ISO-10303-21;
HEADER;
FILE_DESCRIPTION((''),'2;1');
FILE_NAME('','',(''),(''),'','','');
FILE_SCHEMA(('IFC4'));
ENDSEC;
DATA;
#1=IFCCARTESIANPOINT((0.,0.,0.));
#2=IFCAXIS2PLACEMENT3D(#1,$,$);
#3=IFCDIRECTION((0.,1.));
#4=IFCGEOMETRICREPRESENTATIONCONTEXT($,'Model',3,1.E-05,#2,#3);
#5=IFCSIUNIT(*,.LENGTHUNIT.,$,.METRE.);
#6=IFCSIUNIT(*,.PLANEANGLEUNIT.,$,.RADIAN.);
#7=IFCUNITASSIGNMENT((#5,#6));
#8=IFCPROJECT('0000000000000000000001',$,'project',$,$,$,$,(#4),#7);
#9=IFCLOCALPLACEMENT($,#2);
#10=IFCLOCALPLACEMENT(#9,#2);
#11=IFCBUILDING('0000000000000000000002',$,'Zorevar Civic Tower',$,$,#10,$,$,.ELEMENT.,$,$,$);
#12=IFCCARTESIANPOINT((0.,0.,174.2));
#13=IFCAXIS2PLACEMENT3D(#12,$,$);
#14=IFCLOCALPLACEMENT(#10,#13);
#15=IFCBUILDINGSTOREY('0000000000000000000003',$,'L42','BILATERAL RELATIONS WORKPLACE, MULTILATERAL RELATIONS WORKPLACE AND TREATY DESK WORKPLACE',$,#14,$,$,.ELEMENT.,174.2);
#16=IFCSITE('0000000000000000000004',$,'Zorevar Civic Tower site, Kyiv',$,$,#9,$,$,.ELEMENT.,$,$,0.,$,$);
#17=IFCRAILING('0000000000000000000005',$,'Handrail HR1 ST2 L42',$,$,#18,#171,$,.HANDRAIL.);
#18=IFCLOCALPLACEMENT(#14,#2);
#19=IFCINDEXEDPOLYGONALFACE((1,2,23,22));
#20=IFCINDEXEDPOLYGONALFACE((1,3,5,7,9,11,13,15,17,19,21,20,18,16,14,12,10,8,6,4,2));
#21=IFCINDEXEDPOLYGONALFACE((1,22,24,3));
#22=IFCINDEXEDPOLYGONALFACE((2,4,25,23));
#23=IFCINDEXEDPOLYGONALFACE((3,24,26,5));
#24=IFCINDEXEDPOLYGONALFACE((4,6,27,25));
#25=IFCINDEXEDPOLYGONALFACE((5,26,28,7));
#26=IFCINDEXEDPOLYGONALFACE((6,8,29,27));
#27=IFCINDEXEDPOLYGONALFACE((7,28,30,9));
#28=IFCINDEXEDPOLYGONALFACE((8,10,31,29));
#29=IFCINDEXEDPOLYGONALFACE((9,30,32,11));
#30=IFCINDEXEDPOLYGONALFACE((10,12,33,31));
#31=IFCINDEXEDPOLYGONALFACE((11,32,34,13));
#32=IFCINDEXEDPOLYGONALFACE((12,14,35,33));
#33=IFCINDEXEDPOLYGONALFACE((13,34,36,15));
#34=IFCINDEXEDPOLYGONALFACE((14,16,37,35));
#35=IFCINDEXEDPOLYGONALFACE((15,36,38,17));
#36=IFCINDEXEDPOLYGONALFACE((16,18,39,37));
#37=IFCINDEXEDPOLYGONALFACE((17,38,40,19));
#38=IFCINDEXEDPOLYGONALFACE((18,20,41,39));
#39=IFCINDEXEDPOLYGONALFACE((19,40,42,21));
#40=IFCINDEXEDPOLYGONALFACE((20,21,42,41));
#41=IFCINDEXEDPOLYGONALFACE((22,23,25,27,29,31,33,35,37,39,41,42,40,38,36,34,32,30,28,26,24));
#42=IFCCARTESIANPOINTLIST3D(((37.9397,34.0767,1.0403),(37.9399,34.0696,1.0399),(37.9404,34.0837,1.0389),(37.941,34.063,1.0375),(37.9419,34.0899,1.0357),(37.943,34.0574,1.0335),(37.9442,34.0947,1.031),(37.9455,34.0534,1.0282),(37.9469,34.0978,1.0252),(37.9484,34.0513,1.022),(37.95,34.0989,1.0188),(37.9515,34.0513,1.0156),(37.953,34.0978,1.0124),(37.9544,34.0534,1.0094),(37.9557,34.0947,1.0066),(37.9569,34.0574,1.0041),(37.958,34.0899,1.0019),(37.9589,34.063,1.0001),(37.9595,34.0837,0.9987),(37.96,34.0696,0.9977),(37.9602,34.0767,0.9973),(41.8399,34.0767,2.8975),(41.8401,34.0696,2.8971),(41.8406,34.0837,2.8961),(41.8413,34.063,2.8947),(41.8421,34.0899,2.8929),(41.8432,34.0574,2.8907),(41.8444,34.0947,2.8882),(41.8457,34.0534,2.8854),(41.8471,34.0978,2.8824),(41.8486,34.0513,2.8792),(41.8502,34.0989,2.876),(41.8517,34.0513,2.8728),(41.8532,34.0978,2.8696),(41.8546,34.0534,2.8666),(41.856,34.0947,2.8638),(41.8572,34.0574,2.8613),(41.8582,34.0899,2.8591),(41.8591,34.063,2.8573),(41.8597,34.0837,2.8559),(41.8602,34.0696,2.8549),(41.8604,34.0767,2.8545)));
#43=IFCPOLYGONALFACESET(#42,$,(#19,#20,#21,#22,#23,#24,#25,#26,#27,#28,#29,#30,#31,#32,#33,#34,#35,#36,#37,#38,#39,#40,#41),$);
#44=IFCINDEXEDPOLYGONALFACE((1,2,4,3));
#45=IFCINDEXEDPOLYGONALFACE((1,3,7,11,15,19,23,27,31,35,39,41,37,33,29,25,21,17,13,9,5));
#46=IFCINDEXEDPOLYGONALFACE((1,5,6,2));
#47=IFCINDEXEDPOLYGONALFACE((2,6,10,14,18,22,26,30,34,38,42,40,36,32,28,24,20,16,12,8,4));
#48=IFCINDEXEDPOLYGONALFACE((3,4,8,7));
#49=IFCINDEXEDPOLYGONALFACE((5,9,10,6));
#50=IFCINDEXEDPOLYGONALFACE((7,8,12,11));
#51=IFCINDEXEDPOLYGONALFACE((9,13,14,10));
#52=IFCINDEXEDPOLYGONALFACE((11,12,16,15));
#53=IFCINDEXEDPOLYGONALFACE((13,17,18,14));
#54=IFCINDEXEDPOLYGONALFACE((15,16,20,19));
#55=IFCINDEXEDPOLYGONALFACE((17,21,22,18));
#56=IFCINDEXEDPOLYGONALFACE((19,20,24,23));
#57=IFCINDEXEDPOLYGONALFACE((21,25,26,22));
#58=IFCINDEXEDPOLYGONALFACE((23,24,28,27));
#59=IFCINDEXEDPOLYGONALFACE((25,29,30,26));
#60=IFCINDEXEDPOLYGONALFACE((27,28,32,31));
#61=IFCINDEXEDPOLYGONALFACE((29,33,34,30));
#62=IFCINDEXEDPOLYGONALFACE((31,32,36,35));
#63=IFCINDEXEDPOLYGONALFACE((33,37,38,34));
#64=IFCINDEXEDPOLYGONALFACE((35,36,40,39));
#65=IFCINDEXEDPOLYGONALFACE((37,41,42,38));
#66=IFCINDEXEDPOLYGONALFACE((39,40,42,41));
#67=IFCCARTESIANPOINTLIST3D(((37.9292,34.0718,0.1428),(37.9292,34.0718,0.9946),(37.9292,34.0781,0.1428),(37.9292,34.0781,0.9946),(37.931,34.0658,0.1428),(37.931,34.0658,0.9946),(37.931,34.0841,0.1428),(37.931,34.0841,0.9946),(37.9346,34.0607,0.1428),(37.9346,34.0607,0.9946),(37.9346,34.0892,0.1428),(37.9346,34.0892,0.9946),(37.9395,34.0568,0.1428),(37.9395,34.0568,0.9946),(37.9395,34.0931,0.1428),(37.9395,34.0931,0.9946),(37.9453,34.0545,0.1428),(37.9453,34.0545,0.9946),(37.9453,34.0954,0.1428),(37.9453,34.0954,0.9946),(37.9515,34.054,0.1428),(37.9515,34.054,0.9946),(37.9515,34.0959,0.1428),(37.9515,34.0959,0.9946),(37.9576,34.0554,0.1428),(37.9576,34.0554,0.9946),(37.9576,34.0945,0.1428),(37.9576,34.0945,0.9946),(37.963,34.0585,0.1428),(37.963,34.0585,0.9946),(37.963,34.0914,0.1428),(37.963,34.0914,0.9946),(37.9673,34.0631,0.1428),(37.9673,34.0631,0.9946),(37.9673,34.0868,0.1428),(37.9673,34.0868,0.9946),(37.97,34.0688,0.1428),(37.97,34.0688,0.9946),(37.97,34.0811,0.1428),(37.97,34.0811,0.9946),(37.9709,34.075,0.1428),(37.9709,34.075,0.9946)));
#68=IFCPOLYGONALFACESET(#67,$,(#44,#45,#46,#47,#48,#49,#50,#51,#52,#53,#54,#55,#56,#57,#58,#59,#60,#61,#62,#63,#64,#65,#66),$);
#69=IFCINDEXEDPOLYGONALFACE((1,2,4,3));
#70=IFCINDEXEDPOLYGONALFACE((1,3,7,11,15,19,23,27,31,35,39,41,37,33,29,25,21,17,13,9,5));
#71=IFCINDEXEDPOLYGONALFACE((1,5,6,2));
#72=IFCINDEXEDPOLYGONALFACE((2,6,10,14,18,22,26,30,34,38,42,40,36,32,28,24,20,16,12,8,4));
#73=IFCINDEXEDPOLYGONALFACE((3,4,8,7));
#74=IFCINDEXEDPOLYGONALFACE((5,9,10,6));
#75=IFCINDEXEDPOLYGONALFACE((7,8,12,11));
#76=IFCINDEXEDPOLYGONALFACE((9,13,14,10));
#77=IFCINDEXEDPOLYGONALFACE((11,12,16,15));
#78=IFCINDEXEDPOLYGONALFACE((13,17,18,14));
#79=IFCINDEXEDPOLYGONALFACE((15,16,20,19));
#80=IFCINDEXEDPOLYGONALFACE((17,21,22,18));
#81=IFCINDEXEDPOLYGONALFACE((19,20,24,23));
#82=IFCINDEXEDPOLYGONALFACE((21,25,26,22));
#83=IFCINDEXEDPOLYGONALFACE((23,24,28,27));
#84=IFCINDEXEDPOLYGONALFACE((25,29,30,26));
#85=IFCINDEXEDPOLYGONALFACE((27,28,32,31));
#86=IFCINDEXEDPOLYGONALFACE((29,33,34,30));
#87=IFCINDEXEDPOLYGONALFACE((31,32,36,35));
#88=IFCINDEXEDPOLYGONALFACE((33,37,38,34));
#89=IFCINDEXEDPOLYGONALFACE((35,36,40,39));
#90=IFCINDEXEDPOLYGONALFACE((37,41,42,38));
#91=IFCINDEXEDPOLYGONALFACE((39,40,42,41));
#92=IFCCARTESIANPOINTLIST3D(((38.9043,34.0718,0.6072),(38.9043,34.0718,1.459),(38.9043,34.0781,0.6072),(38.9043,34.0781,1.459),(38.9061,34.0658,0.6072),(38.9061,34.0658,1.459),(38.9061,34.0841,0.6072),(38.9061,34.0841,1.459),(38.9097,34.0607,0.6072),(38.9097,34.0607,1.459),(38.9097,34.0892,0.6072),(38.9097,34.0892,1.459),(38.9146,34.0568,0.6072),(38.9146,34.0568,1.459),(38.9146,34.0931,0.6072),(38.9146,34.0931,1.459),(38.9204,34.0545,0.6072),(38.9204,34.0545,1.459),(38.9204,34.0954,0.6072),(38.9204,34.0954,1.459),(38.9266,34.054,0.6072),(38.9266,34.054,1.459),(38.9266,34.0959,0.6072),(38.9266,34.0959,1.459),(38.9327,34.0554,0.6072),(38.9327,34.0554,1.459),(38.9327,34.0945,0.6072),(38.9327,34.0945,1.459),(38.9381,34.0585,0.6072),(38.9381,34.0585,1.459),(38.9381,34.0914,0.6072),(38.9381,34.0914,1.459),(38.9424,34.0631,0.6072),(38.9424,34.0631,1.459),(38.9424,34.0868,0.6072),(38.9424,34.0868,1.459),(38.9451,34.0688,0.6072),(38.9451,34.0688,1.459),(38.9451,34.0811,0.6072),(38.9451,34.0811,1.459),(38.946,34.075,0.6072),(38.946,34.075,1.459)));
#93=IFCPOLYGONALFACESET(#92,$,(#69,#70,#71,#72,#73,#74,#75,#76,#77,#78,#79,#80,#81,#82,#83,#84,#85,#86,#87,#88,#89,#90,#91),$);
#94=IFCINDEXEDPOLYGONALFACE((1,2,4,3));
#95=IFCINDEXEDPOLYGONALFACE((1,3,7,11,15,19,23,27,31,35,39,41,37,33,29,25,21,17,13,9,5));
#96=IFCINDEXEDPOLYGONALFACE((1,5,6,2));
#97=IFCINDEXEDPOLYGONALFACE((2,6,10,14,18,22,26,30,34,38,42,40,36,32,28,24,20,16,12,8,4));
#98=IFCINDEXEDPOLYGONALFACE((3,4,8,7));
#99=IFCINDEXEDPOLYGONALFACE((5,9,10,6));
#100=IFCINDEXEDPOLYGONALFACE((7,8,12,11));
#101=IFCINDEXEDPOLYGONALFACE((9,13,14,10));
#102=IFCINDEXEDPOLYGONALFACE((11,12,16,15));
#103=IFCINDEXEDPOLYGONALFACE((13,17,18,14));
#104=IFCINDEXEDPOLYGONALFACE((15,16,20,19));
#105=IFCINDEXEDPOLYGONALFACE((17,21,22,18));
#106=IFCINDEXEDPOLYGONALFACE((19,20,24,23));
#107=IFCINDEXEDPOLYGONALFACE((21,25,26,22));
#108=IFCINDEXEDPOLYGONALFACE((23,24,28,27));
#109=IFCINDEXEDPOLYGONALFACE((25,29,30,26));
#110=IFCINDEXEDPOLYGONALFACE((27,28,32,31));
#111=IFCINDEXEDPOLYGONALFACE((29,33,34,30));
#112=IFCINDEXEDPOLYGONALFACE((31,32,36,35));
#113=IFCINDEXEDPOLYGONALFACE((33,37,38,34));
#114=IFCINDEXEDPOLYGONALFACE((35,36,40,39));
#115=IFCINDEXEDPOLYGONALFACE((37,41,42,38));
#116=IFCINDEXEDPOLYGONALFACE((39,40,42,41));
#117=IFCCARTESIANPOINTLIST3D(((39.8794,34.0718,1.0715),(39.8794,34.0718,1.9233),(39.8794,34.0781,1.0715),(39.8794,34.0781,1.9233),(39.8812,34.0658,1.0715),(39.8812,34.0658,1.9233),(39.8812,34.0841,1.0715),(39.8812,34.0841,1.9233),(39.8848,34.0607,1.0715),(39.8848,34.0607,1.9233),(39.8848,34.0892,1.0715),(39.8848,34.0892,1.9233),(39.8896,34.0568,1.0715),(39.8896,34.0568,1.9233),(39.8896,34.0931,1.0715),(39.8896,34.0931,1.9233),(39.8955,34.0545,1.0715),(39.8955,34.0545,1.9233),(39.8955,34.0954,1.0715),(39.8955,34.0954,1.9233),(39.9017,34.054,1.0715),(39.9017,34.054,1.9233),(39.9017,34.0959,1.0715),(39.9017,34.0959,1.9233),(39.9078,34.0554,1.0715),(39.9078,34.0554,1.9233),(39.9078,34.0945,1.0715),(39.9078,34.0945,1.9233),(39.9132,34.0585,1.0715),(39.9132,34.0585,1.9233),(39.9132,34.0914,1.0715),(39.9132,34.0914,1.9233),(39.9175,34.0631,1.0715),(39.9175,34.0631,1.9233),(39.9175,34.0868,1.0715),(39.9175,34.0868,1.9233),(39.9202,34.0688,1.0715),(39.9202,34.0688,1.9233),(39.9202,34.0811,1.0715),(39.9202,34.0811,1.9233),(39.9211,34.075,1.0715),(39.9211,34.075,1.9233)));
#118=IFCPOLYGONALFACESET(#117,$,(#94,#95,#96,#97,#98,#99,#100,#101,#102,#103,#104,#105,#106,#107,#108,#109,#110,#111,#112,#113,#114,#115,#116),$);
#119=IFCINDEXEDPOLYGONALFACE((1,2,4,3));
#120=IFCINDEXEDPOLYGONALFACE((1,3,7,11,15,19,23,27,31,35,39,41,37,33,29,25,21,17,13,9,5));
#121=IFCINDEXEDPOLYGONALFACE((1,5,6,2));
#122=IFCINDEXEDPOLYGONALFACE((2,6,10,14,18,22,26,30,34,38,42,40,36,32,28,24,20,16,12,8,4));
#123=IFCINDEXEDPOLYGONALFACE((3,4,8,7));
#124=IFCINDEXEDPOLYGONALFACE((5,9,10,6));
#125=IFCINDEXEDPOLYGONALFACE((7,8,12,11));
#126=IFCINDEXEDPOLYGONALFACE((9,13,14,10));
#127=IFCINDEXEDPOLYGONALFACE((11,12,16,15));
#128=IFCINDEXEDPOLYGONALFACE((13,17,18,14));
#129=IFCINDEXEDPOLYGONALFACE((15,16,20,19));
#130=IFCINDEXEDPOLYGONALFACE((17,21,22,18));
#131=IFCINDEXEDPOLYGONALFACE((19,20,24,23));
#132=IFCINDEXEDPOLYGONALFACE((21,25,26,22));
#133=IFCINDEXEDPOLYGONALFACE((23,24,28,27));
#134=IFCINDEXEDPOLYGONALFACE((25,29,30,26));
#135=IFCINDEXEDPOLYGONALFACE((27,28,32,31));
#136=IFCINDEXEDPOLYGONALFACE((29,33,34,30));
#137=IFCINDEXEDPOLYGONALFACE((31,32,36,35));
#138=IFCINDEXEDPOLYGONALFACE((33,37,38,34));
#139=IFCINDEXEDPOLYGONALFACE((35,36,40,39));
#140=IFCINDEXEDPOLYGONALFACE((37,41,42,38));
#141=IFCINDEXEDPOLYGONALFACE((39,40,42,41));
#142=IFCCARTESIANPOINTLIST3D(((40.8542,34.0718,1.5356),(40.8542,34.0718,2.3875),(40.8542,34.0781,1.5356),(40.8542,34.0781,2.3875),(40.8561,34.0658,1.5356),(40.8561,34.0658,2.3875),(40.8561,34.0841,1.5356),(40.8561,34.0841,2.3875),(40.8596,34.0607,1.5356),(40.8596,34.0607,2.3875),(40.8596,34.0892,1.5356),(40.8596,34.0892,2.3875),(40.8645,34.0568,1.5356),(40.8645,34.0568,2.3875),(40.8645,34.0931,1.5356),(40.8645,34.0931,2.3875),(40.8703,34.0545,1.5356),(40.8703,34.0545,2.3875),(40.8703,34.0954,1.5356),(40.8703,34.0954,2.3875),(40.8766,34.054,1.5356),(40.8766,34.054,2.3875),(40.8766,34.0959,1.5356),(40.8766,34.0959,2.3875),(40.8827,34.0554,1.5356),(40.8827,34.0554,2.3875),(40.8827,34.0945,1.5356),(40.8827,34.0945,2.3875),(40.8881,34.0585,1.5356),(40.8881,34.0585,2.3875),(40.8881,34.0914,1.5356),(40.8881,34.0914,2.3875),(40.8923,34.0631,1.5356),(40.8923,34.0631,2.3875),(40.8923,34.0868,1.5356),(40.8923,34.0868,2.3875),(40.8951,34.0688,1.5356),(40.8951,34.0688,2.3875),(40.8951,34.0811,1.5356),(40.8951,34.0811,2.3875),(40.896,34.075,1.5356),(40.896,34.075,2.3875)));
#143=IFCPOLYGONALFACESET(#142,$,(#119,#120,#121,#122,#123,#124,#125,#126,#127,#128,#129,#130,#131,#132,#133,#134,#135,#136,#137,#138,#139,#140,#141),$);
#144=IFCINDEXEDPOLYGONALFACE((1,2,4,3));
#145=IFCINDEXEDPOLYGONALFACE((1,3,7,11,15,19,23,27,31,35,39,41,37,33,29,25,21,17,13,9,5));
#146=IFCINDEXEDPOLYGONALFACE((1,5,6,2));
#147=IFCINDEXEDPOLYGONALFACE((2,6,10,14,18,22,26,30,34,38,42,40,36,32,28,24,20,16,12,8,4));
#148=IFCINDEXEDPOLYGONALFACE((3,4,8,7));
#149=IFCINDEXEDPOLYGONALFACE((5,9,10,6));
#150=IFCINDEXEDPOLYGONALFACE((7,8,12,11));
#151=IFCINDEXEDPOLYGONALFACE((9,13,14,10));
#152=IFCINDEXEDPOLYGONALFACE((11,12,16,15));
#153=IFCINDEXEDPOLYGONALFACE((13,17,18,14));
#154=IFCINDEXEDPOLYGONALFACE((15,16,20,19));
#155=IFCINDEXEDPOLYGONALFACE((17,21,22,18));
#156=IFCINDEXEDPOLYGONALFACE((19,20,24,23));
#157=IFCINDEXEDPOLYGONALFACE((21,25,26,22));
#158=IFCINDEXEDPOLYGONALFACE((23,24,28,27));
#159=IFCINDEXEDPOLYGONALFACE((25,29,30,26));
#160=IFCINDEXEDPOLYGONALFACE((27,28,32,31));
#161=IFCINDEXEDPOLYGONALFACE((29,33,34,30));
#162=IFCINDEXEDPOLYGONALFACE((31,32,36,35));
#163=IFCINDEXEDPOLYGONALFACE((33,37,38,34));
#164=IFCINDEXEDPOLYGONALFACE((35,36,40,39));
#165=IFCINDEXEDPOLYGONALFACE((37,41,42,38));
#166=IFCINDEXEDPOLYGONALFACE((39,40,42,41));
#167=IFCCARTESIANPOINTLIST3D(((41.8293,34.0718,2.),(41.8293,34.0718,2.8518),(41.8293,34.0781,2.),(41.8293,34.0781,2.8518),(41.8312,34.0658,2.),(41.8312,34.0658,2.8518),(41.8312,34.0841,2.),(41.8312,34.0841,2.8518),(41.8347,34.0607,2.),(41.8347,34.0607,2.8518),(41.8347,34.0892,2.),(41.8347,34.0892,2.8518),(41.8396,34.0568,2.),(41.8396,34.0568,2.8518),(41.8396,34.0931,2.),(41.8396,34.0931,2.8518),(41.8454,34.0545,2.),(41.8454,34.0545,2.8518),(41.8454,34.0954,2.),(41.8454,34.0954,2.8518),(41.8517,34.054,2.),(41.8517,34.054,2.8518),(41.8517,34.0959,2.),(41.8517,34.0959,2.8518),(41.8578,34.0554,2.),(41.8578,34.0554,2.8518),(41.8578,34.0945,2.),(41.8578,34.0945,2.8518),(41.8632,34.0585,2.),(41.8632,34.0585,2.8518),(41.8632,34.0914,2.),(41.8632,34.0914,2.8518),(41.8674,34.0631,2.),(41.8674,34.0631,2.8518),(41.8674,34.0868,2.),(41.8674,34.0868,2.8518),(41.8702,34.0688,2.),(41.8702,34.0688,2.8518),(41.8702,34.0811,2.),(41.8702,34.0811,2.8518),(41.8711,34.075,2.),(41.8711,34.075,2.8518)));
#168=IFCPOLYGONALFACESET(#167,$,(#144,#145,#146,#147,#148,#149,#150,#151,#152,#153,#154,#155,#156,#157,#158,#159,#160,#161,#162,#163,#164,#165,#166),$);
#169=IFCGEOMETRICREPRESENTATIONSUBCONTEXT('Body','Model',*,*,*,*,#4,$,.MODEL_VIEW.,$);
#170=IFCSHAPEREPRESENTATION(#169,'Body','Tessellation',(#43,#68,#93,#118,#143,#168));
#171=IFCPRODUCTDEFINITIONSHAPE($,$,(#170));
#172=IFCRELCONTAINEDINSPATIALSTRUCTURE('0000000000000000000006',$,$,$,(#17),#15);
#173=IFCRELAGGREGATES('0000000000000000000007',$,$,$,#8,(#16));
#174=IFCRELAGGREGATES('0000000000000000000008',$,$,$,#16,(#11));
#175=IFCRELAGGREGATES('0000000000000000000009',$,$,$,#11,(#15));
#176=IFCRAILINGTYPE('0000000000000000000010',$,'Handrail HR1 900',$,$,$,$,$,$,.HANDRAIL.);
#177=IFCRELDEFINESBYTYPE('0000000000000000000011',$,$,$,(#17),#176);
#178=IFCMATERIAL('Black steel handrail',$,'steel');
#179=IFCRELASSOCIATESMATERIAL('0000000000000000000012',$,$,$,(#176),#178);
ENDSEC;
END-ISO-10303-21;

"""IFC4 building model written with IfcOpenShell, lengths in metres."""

from ifc_helpers import new_model, si_unit, direction, frame, origin, origin_2d, place, context, subcontext, project, spatial, circle, extrude, material, type_object, element, save


model = new_model("IFC4")

# Units and contexts
model_context = context("Model", 3, precision=1e-05, world=origin(), true_north=direction((0.0, 1.0)))
body_context = subcontext(model_context, "Body", "Model", "MODEL_VIEW")
ifc_project = project(units=[si_unit("LENGTHUNIT", "METRE"), si_unit("PLANEANGLEUNIT", "RADIAN")], contexts=[model_context])

# Site, building, storey
site_placement = place(None, origin())
site = spatial("IfcSite", under=ifc_project, at=site_placement, Name="Zorevar Civic Tower site, Kyiv", CompositionType="ELEMENT", RefElevation=0.0)
building_placement = place(site_placement, origin())
building = spatial("IfcBuilding", under=site, at=building_placement, Name="Zorevar Civic Tower", CompositionType="ELEMENT")
storey_placement = place(building_placement, frame((0.0, 0.0, 174.2)))
storey = spatial("IfcBuildingStorey", under=building, at=storey_placement, Name="L42", Description="BILATERAL RELATIONS WORKPLACE, MULTILATERAL RELATIONS WORKPLACE AND TREATY DESK WORKPLACE", CompositionType="ELEMENT", Elevation=174.2)

# Railing
ifc_material_1 = material(Name="Black steel handrail", Category="steel")
railing_type = type_object("IfcRailingType", Name="Handrail HR1 900", PredefinedType="HANDRAIL", material=ifc_material_1)
railing_1_placement = place(storey_placement, frame((37.95, 34.075, 0.1428)))
element("IfcRailing", 1, at=railing_1_placement, inside=storey, type_object=railing_type, Name="Handrail HR1 ST2 L42", PredefinedType="HANDRAIL", context=body_context, shape_type="SweptSolid", body=[
    extrude(circle(Radius=0.0239, at=origin_2d()), frame((0.0, 0.0, 0.876), z_axis=(0.902864, 0.0, 0.429927), x_axis=(0.0, 1.0, 0.0)), (0.0, 0.0, 1.0), 4.3198),
    extrude(circle(Radius=0.021, at=origin_2d()), origin(), (0.0, 0.0, 1.0), 0.8518),
    extrude(circle(Radius=0.021, at=origin_2d()), frame((0.9751, 0.0, 0.4644)), (0.0, 0.0, 1.0), 0.8518),
    extrude(circle(Radius=0.021, at=origin_2d()), frame((1.9502, 0.0, 0.9287)), (0.0, 0.0, 1.0), 0.8518),
    extrude(circle(Radius=0.021, at=origin_2d()), frame((2.925, 0.0, 1.3928)), (0.0, 0.0, 1.0), 0.8518),
    extrude(circle(Radius=0.021, at=origin_2d()), frame((3.9001, 0.0, 1.8572)), (0.0, 0.0, 1.0), 0.8518),
])

save(model, "model.ifc")
